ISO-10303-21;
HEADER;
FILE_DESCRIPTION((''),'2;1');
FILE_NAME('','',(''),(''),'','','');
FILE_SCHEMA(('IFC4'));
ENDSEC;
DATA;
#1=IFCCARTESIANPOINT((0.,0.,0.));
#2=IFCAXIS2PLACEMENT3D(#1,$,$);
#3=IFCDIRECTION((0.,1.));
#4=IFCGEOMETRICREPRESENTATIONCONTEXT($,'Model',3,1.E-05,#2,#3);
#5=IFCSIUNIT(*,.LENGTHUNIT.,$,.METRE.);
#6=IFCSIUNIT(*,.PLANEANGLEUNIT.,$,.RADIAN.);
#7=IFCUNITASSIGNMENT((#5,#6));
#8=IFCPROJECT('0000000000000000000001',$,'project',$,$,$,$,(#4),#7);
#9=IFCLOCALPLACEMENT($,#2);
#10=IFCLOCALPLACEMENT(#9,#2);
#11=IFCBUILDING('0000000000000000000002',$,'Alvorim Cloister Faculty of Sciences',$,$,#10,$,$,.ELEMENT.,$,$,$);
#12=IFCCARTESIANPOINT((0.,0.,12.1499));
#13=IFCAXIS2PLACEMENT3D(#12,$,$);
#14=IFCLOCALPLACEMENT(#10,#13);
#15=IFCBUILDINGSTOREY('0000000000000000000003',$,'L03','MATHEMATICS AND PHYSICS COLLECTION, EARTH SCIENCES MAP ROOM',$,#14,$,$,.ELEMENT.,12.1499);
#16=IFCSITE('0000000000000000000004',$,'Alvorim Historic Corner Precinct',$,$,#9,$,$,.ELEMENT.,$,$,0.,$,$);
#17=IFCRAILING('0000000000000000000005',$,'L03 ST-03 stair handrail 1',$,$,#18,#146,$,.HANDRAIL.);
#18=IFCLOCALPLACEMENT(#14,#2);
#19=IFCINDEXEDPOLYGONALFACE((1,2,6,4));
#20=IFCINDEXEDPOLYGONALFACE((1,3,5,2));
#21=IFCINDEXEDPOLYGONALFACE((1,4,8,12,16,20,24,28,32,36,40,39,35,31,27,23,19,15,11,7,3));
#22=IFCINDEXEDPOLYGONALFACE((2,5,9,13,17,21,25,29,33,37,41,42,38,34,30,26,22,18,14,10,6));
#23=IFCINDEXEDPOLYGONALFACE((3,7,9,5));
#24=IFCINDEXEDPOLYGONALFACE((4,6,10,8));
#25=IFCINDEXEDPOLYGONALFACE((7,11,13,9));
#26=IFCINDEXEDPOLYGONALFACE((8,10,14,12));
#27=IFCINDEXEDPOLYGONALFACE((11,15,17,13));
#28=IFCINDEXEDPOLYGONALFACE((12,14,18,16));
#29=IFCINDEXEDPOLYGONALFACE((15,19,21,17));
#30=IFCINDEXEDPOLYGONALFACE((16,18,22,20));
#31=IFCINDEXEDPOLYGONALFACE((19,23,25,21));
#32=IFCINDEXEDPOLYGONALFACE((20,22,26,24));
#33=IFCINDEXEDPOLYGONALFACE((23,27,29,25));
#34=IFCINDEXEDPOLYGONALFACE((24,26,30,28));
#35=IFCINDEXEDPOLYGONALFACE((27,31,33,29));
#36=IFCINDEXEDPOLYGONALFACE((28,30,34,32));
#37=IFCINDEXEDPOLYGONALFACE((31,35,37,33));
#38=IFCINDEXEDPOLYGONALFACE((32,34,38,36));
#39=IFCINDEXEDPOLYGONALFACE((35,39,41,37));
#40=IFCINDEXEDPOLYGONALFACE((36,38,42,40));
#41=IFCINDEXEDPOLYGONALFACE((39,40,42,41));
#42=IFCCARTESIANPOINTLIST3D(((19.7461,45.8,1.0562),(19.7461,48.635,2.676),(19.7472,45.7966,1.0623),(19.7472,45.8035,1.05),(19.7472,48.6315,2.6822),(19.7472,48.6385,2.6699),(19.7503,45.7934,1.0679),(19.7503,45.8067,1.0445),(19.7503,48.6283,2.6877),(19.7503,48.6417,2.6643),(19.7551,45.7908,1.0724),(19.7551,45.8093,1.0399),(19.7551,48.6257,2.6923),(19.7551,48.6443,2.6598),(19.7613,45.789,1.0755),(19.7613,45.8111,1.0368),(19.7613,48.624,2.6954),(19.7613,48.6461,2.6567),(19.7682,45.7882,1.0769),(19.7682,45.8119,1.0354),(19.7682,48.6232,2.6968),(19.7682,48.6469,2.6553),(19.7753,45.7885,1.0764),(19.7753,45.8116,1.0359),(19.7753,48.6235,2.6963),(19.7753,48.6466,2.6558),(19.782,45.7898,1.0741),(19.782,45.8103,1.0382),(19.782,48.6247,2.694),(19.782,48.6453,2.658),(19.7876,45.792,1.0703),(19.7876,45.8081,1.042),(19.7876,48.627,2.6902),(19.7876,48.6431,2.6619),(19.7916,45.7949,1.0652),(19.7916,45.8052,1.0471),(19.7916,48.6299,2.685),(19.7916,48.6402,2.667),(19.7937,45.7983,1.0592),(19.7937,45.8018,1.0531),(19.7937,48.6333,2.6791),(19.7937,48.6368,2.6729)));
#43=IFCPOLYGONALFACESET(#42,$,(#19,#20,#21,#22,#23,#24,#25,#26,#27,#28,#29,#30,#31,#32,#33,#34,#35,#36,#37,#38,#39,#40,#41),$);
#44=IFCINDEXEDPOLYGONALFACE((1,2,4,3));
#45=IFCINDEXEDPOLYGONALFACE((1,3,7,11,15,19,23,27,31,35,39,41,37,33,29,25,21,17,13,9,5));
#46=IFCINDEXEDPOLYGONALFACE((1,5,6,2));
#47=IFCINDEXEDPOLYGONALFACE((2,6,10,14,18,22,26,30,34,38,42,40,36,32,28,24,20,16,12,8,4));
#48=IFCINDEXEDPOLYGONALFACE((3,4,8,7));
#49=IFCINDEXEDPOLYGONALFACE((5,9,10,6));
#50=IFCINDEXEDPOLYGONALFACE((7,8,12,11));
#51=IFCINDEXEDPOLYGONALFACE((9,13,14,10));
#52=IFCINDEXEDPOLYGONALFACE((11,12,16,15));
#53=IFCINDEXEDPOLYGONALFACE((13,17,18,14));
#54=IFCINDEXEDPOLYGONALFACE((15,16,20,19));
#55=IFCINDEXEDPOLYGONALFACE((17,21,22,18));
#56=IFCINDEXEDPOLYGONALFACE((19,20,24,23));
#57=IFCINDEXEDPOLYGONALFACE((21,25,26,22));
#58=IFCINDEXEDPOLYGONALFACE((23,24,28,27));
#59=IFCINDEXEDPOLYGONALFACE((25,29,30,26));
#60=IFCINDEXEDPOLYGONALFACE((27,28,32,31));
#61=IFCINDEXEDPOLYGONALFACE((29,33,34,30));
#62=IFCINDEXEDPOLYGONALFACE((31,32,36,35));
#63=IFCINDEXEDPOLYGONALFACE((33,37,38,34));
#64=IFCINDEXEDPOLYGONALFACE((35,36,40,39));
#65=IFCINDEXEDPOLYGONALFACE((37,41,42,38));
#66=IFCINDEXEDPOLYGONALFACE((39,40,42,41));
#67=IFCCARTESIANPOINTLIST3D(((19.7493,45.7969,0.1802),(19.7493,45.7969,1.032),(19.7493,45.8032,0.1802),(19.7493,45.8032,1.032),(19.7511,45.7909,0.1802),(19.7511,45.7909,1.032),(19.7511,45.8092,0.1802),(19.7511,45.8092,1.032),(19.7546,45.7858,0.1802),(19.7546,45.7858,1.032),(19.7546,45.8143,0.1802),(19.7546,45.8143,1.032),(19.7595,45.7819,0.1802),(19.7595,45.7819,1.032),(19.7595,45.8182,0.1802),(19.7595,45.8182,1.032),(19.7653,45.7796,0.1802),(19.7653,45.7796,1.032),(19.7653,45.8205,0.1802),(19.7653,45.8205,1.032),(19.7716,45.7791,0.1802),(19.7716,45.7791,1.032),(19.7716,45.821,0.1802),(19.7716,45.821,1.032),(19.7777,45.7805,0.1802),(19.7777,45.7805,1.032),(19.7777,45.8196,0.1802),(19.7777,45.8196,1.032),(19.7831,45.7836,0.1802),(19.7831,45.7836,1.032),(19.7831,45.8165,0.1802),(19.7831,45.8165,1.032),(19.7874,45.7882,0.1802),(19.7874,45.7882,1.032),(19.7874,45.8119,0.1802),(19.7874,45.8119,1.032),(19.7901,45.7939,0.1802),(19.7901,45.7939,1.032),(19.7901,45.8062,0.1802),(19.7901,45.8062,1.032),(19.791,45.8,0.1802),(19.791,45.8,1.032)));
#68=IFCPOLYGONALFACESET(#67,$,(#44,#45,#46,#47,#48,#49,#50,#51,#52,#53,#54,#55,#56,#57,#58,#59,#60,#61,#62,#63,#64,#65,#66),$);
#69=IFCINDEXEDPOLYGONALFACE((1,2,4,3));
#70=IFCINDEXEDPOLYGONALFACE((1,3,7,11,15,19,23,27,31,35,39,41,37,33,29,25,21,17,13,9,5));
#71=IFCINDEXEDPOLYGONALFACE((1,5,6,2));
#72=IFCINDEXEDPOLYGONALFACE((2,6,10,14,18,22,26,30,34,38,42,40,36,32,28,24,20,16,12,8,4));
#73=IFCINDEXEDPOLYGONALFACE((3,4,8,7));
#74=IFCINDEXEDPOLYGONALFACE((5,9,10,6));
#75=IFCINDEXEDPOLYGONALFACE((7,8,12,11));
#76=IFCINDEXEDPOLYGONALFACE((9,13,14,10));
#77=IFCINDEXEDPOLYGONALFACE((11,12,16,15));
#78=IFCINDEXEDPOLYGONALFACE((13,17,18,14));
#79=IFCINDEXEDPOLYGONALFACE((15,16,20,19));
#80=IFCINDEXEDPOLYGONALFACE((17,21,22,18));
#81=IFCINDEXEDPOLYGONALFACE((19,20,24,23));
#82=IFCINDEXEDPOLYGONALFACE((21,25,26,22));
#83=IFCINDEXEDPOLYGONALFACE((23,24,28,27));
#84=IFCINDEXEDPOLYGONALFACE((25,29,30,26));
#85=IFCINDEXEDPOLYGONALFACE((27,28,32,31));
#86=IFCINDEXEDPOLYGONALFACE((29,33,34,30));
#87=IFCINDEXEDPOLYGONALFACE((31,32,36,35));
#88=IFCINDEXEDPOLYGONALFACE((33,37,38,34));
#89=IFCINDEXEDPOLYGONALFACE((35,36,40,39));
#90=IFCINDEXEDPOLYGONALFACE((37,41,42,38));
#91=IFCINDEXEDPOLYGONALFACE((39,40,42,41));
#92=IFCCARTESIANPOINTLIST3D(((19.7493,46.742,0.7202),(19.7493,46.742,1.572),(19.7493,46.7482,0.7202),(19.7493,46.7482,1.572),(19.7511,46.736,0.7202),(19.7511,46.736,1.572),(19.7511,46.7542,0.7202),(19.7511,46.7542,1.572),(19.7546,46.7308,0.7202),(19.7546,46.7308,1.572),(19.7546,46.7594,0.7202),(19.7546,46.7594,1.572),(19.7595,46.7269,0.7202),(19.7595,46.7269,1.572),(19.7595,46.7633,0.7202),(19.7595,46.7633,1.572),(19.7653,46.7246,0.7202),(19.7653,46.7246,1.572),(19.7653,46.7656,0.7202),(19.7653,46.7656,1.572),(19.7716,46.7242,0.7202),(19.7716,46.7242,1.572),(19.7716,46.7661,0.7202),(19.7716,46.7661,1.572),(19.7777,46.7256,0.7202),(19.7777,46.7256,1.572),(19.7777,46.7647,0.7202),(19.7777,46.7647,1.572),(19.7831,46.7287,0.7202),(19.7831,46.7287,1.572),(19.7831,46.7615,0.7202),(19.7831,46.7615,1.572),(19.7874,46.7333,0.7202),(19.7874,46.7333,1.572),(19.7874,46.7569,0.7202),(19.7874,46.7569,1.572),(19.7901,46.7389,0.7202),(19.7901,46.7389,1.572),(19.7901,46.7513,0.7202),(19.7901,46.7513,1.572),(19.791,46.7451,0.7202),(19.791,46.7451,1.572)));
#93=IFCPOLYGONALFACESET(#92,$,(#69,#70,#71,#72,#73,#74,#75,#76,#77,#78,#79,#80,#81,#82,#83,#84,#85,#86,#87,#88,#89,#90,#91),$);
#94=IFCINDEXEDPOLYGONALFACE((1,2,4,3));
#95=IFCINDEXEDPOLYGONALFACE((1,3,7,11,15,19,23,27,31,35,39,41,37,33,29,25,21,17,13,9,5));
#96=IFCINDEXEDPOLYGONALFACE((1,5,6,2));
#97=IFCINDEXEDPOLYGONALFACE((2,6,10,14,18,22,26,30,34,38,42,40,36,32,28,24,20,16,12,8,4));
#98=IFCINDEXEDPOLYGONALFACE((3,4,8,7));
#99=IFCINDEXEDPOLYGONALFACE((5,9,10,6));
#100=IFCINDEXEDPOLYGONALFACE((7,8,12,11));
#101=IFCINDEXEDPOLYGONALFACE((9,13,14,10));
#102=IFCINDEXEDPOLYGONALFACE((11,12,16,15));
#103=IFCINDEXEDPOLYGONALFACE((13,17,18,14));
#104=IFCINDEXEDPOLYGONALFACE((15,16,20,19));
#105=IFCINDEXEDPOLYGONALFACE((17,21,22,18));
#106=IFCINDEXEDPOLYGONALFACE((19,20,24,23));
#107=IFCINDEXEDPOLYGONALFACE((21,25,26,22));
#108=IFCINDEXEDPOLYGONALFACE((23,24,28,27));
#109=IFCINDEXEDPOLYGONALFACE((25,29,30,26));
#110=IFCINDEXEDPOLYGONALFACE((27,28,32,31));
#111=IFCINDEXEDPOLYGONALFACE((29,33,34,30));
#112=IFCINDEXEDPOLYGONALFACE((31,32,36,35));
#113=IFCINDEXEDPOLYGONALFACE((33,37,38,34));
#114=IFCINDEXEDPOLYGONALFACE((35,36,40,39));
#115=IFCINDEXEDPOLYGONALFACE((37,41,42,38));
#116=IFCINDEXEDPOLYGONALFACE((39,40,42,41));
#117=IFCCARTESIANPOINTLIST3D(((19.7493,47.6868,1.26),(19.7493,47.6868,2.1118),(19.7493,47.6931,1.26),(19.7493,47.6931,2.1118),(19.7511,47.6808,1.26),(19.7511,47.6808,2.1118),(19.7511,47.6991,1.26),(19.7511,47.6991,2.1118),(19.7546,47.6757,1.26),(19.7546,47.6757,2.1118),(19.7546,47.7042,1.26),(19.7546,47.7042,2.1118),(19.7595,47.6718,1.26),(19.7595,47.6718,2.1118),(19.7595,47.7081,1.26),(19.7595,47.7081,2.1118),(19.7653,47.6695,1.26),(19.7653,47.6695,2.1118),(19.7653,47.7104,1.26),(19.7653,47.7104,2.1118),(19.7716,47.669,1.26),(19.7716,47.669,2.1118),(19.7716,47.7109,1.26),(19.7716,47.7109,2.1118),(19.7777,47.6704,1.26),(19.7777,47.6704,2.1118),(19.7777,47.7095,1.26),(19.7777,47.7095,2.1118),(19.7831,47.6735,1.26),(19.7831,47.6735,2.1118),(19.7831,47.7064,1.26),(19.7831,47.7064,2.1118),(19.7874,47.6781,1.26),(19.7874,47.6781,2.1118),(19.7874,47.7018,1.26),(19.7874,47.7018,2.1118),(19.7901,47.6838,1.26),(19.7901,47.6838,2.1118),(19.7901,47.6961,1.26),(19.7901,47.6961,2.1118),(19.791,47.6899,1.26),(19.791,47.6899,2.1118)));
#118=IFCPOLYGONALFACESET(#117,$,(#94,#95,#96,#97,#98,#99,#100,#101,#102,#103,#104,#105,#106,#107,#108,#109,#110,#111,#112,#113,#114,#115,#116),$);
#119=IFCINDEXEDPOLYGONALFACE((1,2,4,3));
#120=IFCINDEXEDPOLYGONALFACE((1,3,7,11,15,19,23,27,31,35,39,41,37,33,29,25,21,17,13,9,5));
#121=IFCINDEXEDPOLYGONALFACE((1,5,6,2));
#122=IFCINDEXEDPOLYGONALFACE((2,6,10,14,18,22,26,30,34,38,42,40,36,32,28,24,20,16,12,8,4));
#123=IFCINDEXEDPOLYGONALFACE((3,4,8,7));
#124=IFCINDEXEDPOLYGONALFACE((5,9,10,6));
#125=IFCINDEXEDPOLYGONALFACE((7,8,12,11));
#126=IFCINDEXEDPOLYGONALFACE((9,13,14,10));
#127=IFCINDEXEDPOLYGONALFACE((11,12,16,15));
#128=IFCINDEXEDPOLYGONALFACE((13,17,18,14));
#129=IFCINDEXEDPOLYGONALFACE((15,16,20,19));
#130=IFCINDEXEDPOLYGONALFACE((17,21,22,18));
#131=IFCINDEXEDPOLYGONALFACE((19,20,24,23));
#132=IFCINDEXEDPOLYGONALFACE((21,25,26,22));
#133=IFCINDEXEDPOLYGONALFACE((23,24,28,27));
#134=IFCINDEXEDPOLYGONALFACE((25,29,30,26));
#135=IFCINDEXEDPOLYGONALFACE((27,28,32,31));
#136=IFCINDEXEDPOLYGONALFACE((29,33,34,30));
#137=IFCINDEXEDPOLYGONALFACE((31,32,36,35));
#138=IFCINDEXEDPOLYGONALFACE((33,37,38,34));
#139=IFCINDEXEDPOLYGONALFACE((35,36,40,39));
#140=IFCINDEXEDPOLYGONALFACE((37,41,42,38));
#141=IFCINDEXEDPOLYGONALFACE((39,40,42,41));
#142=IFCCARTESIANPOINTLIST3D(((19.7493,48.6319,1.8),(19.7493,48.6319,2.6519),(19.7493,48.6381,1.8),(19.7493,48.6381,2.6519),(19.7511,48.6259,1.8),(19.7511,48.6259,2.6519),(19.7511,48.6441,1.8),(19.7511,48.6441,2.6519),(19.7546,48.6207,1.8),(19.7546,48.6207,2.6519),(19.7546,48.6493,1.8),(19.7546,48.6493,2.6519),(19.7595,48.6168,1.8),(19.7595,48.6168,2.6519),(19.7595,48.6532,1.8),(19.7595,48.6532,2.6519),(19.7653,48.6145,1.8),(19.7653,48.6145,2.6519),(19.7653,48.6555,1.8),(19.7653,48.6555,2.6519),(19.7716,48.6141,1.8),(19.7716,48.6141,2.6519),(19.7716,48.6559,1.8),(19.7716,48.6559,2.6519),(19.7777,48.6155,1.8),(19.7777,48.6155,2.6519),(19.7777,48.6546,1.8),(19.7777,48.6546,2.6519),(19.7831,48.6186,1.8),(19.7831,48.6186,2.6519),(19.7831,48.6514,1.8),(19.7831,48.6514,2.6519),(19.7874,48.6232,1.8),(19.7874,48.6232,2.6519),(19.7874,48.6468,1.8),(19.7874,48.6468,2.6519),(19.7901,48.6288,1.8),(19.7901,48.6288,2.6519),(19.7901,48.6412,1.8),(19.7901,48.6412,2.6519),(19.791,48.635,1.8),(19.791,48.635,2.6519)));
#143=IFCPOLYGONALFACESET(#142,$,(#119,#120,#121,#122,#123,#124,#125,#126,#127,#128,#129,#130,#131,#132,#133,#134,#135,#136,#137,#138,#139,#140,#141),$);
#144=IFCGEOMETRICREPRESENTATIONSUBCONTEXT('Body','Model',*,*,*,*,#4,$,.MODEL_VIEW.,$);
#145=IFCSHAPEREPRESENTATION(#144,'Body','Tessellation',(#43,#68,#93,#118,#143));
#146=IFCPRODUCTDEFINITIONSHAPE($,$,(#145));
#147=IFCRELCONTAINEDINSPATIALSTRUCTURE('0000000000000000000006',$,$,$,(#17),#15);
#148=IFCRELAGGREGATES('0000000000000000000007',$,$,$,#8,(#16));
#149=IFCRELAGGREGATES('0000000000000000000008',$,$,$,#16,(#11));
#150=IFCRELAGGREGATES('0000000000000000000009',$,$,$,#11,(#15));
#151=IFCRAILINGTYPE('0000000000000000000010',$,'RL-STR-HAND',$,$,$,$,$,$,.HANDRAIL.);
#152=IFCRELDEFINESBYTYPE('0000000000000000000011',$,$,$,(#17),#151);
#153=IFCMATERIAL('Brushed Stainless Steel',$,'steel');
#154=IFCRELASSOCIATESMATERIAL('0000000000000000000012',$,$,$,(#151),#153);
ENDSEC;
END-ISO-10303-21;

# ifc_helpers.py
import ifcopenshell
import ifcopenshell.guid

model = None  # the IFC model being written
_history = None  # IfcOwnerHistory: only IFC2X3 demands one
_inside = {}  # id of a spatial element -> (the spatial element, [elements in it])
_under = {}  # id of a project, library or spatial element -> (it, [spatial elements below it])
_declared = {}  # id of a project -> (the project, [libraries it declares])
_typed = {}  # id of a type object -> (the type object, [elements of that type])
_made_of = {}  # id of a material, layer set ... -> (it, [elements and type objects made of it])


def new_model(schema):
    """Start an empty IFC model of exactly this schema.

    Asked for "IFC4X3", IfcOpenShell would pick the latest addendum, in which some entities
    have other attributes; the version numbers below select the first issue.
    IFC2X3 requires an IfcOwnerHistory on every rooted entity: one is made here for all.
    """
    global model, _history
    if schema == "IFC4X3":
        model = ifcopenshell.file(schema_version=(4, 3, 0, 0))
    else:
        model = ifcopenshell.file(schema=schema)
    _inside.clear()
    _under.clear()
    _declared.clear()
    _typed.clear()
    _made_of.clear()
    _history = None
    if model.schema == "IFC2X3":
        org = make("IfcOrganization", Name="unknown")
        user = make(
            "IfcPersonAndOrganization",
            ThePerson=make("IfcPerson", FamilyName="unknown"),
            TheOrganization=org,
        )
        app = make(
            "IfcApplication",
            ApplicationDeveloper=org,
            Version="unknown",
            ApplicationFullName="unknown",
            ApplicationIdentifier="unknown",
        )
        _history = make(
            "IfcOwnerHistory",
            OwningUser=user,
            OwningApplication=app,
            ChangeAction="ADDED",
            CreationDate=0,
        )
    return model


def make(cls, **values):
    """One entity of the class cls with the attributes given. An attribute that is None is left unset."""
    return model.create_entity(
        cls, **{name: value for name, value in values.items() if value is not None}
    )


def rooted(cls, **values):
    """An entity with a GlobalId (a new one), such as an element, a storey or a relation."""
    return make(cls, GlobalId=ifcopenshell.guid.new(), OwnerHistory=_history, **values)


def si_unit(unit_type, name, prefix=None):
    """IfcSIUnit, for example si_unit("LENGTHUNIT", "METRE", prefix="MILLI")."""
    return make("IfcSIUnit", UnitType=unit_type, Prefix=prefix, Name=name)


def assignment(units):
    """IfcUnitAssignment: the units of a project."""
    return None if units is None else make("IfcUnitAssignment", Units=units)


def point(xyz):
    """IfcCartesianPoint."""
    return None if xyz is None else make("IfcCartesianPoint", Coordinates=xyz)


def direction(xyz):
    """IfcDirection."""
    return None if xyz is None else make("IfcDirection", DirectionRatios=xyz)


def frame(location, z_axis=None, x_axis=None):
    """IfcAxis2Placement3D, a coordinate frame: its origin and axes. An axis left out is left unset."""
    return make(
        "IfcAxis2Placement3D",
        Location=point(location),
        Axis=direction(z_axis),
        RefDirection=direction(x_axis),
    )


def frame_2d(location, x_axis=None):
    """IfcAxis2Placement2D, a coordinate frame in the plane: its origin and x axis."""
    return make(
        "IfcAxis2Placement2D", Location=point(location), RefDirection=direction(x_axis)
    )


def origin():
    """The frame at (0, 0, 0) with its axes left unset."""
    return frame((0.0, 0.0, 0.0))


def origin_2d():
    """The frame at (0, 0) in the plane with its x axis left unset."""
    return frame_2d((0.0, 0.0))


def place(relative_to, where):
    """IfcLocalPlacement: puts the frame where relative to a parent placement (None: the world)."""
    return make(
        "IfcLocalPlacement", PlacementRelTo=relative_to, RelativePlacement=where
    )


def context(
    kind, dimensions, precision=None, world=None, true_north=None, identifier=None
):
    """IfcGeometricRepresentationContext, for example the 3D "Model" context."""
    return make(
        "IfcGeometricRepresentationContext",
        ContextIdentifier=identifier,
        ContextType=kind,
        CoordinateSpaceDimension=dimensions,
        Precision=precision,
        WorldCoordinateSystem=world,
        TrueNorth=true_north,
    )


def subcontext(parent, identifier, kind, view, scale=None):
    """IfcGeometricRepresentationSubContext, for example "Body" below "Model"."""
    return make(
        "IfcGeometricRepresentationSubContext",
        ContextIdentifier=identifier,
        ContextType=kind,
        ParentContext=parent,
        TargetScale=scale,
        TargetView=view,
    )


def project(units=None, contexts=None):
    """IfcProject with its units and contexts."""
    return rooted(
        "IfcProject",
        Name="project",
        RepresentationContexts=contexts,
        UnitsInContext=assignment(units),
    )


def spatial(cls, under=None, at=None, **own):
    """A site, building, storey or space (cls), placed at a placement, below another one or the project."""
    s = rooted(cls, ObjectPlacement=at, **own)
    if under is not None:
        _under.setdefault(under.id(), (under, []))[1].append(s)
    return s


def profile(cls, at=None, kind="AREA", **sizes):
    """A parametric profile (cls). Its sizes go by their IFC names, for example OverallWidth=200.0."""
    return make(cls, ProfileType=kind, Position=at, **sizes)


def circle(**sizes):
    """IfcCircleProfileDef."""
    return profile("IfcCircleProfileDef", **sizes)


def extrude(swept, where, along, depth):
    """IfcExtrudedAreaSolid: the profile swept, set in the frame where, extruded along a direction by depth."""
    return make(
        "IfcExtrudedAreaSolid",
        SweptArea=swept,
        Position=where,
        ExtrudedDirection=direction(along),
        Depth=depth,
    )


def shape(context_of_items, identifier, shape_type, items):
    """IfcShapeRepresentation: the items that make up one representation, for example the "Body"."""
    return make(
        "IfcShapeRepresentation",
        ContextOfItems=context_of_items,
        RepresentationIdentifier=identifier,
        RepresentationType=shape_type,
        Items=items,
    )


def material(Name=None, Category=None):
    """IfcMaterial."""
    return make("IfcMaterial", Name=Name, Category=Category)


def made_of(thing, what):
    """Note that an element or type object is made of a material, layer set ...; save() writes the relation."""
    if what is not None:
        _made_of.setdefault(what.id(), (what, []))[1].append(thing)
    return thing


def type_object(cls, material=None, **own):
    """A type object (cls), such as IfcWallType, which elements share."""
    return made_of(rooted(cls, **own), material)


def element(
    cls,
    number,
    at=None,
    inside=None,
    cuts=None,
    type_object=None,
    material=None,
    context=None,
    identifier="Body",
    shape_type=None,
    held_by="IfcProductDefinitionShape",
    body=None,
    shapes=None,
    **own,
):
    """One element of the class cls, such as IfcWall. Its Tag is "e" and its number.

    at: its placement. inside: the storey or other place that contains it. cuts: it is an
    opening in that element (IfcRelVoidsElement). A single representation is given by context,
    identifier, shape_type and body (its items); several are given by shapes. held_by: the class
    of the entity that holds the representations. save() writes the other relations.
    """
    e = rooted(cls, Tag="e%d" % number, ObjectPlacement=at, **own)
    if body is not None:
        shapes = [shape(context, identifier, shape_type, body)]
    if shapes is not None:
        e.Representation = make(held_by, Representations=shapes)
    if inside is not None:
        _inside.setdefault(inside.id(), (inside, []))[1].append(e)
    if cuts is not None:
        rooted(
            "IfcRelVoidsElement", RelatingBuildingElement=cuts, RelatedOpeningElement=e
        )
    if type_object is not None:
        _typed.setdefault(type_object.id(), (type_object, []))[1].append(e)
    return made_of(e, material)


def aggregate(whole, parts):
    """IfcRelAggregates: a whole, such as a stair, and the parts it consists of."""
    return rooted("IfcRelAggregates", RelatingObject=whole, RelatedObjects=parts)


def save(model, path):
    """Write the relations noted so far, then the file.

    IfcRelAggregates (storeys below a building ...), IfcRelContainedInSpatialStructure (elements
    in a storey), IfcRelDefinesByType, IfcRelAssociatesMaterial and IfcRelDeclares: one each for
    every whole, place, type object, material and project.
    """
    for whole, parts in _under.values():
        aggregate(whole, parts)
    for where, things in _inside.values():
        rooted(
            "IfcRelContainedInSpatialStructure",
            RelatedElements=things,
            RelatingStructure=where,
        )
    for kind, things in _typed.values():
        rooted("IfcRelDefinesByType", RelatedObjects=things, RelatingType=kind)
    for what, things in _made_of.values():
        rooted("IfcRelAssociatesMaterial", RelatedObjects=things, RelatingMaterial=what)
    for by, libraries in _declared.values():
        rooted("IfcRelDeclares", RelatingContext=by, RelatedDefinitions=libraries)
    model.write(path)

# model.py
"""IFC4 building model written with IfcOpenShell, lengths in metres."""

from ifc_helpers import new_model, si_unit, direction, frame, origin, origin_2d, place, context, subcontext, project, spatial, circle, extrude, material, type_object, element, save


model = new_model("IFC4")

# Units and contexts
model_context = context("Model", 3, precision=1e-05, world=origin(), true_north=direction((0.0, 1.0)))
body_context = subcontext(model_context, "Body", "Model", "MODEL_VIEW")
ifc_project = project(units=[si_unit("LENGTHUNIT", "METRE"), si_unit("PLANEANGLEUNIT", "RADIAN")], contexts=[model_context])

# Site, building, storey
site_placement = place(None, origin())
site = spatial("IfcSite", under=ifc_project, at=site_placement, Name="Alvorim Historic Corner Precinct", CompositionType="ELEMENT", RefElevation=0.0)
building_placement = place(site_placement, origin())
building = spatial("IfcBuilding", under=site, at=building_placement, Name="Alvorim Cloister Faculty of Sciences", CompositionType="ELEMENT")
storey_placement = place(building_placement, frame((0.0, 0.0, 12.1499)))
storey = spatial("IfcBuildingStorey", under=building, at=storey_placement, Name="L03", Description="MATHEMATICS AND PHYSICS COLLECTION, EARTH SCIENCES MAP ROOM", CompositionType="ELEMENT", Elevation=12.1499)

# Shared definitions
ifc_material_1 = material(Name="Brushed Stainless Steel", Category="steel")

# Railing
railing_type_1 = type_object("IfcRailingType", Name="RL-STR-HAND", PredefinedType="HANDRAIL", material=ifc_material_1)
railing_1_placement = place(storey_placement, frame((19.77, 45.8, 0.1802)))
element("IfcRailing", 1, at=railing_1_placement, inside=storey, type_object=railing_type_1, Name="L03 ST-03 stair handrail 1", PredefinedType="HANDRAIL", context=body_context, shape_type="SweptSolid", body=[
    extrude(circle(Radius=0.0239, at=origin_2d()), frame((0.0, 0.0, 0.876), z_axis=(0.0, 0.868257, 0.496115), x_axis=(-1.0, 0.0, 0.0)), (0.0, 0.0, 1.0), 3.2651),
    extrude(circle(Radius=0.021, at=origin_2d()), origin(), (0.0, 0.0, 1.0), 0.8518),
    extrude(circle(Radius=0.021, at=origin_2d()), frame((0.0, 0.9451, 0.54)), (0.0, 0.0, 1.0), 0.8518),
    extrude(circle(Radius=0.021, at=origin_2d()), frame((0.0, 1.8899, 1.0798)), (0.0, 0.0, 1.0), 0.8518),
    extrude(circle(Radius=0.021, at=origin_2d()), frame((0.0, 2.835, 1.6199)), (0.0, 0.0, 1.0), 0.8518),
])

save(model, "model.ifc")
